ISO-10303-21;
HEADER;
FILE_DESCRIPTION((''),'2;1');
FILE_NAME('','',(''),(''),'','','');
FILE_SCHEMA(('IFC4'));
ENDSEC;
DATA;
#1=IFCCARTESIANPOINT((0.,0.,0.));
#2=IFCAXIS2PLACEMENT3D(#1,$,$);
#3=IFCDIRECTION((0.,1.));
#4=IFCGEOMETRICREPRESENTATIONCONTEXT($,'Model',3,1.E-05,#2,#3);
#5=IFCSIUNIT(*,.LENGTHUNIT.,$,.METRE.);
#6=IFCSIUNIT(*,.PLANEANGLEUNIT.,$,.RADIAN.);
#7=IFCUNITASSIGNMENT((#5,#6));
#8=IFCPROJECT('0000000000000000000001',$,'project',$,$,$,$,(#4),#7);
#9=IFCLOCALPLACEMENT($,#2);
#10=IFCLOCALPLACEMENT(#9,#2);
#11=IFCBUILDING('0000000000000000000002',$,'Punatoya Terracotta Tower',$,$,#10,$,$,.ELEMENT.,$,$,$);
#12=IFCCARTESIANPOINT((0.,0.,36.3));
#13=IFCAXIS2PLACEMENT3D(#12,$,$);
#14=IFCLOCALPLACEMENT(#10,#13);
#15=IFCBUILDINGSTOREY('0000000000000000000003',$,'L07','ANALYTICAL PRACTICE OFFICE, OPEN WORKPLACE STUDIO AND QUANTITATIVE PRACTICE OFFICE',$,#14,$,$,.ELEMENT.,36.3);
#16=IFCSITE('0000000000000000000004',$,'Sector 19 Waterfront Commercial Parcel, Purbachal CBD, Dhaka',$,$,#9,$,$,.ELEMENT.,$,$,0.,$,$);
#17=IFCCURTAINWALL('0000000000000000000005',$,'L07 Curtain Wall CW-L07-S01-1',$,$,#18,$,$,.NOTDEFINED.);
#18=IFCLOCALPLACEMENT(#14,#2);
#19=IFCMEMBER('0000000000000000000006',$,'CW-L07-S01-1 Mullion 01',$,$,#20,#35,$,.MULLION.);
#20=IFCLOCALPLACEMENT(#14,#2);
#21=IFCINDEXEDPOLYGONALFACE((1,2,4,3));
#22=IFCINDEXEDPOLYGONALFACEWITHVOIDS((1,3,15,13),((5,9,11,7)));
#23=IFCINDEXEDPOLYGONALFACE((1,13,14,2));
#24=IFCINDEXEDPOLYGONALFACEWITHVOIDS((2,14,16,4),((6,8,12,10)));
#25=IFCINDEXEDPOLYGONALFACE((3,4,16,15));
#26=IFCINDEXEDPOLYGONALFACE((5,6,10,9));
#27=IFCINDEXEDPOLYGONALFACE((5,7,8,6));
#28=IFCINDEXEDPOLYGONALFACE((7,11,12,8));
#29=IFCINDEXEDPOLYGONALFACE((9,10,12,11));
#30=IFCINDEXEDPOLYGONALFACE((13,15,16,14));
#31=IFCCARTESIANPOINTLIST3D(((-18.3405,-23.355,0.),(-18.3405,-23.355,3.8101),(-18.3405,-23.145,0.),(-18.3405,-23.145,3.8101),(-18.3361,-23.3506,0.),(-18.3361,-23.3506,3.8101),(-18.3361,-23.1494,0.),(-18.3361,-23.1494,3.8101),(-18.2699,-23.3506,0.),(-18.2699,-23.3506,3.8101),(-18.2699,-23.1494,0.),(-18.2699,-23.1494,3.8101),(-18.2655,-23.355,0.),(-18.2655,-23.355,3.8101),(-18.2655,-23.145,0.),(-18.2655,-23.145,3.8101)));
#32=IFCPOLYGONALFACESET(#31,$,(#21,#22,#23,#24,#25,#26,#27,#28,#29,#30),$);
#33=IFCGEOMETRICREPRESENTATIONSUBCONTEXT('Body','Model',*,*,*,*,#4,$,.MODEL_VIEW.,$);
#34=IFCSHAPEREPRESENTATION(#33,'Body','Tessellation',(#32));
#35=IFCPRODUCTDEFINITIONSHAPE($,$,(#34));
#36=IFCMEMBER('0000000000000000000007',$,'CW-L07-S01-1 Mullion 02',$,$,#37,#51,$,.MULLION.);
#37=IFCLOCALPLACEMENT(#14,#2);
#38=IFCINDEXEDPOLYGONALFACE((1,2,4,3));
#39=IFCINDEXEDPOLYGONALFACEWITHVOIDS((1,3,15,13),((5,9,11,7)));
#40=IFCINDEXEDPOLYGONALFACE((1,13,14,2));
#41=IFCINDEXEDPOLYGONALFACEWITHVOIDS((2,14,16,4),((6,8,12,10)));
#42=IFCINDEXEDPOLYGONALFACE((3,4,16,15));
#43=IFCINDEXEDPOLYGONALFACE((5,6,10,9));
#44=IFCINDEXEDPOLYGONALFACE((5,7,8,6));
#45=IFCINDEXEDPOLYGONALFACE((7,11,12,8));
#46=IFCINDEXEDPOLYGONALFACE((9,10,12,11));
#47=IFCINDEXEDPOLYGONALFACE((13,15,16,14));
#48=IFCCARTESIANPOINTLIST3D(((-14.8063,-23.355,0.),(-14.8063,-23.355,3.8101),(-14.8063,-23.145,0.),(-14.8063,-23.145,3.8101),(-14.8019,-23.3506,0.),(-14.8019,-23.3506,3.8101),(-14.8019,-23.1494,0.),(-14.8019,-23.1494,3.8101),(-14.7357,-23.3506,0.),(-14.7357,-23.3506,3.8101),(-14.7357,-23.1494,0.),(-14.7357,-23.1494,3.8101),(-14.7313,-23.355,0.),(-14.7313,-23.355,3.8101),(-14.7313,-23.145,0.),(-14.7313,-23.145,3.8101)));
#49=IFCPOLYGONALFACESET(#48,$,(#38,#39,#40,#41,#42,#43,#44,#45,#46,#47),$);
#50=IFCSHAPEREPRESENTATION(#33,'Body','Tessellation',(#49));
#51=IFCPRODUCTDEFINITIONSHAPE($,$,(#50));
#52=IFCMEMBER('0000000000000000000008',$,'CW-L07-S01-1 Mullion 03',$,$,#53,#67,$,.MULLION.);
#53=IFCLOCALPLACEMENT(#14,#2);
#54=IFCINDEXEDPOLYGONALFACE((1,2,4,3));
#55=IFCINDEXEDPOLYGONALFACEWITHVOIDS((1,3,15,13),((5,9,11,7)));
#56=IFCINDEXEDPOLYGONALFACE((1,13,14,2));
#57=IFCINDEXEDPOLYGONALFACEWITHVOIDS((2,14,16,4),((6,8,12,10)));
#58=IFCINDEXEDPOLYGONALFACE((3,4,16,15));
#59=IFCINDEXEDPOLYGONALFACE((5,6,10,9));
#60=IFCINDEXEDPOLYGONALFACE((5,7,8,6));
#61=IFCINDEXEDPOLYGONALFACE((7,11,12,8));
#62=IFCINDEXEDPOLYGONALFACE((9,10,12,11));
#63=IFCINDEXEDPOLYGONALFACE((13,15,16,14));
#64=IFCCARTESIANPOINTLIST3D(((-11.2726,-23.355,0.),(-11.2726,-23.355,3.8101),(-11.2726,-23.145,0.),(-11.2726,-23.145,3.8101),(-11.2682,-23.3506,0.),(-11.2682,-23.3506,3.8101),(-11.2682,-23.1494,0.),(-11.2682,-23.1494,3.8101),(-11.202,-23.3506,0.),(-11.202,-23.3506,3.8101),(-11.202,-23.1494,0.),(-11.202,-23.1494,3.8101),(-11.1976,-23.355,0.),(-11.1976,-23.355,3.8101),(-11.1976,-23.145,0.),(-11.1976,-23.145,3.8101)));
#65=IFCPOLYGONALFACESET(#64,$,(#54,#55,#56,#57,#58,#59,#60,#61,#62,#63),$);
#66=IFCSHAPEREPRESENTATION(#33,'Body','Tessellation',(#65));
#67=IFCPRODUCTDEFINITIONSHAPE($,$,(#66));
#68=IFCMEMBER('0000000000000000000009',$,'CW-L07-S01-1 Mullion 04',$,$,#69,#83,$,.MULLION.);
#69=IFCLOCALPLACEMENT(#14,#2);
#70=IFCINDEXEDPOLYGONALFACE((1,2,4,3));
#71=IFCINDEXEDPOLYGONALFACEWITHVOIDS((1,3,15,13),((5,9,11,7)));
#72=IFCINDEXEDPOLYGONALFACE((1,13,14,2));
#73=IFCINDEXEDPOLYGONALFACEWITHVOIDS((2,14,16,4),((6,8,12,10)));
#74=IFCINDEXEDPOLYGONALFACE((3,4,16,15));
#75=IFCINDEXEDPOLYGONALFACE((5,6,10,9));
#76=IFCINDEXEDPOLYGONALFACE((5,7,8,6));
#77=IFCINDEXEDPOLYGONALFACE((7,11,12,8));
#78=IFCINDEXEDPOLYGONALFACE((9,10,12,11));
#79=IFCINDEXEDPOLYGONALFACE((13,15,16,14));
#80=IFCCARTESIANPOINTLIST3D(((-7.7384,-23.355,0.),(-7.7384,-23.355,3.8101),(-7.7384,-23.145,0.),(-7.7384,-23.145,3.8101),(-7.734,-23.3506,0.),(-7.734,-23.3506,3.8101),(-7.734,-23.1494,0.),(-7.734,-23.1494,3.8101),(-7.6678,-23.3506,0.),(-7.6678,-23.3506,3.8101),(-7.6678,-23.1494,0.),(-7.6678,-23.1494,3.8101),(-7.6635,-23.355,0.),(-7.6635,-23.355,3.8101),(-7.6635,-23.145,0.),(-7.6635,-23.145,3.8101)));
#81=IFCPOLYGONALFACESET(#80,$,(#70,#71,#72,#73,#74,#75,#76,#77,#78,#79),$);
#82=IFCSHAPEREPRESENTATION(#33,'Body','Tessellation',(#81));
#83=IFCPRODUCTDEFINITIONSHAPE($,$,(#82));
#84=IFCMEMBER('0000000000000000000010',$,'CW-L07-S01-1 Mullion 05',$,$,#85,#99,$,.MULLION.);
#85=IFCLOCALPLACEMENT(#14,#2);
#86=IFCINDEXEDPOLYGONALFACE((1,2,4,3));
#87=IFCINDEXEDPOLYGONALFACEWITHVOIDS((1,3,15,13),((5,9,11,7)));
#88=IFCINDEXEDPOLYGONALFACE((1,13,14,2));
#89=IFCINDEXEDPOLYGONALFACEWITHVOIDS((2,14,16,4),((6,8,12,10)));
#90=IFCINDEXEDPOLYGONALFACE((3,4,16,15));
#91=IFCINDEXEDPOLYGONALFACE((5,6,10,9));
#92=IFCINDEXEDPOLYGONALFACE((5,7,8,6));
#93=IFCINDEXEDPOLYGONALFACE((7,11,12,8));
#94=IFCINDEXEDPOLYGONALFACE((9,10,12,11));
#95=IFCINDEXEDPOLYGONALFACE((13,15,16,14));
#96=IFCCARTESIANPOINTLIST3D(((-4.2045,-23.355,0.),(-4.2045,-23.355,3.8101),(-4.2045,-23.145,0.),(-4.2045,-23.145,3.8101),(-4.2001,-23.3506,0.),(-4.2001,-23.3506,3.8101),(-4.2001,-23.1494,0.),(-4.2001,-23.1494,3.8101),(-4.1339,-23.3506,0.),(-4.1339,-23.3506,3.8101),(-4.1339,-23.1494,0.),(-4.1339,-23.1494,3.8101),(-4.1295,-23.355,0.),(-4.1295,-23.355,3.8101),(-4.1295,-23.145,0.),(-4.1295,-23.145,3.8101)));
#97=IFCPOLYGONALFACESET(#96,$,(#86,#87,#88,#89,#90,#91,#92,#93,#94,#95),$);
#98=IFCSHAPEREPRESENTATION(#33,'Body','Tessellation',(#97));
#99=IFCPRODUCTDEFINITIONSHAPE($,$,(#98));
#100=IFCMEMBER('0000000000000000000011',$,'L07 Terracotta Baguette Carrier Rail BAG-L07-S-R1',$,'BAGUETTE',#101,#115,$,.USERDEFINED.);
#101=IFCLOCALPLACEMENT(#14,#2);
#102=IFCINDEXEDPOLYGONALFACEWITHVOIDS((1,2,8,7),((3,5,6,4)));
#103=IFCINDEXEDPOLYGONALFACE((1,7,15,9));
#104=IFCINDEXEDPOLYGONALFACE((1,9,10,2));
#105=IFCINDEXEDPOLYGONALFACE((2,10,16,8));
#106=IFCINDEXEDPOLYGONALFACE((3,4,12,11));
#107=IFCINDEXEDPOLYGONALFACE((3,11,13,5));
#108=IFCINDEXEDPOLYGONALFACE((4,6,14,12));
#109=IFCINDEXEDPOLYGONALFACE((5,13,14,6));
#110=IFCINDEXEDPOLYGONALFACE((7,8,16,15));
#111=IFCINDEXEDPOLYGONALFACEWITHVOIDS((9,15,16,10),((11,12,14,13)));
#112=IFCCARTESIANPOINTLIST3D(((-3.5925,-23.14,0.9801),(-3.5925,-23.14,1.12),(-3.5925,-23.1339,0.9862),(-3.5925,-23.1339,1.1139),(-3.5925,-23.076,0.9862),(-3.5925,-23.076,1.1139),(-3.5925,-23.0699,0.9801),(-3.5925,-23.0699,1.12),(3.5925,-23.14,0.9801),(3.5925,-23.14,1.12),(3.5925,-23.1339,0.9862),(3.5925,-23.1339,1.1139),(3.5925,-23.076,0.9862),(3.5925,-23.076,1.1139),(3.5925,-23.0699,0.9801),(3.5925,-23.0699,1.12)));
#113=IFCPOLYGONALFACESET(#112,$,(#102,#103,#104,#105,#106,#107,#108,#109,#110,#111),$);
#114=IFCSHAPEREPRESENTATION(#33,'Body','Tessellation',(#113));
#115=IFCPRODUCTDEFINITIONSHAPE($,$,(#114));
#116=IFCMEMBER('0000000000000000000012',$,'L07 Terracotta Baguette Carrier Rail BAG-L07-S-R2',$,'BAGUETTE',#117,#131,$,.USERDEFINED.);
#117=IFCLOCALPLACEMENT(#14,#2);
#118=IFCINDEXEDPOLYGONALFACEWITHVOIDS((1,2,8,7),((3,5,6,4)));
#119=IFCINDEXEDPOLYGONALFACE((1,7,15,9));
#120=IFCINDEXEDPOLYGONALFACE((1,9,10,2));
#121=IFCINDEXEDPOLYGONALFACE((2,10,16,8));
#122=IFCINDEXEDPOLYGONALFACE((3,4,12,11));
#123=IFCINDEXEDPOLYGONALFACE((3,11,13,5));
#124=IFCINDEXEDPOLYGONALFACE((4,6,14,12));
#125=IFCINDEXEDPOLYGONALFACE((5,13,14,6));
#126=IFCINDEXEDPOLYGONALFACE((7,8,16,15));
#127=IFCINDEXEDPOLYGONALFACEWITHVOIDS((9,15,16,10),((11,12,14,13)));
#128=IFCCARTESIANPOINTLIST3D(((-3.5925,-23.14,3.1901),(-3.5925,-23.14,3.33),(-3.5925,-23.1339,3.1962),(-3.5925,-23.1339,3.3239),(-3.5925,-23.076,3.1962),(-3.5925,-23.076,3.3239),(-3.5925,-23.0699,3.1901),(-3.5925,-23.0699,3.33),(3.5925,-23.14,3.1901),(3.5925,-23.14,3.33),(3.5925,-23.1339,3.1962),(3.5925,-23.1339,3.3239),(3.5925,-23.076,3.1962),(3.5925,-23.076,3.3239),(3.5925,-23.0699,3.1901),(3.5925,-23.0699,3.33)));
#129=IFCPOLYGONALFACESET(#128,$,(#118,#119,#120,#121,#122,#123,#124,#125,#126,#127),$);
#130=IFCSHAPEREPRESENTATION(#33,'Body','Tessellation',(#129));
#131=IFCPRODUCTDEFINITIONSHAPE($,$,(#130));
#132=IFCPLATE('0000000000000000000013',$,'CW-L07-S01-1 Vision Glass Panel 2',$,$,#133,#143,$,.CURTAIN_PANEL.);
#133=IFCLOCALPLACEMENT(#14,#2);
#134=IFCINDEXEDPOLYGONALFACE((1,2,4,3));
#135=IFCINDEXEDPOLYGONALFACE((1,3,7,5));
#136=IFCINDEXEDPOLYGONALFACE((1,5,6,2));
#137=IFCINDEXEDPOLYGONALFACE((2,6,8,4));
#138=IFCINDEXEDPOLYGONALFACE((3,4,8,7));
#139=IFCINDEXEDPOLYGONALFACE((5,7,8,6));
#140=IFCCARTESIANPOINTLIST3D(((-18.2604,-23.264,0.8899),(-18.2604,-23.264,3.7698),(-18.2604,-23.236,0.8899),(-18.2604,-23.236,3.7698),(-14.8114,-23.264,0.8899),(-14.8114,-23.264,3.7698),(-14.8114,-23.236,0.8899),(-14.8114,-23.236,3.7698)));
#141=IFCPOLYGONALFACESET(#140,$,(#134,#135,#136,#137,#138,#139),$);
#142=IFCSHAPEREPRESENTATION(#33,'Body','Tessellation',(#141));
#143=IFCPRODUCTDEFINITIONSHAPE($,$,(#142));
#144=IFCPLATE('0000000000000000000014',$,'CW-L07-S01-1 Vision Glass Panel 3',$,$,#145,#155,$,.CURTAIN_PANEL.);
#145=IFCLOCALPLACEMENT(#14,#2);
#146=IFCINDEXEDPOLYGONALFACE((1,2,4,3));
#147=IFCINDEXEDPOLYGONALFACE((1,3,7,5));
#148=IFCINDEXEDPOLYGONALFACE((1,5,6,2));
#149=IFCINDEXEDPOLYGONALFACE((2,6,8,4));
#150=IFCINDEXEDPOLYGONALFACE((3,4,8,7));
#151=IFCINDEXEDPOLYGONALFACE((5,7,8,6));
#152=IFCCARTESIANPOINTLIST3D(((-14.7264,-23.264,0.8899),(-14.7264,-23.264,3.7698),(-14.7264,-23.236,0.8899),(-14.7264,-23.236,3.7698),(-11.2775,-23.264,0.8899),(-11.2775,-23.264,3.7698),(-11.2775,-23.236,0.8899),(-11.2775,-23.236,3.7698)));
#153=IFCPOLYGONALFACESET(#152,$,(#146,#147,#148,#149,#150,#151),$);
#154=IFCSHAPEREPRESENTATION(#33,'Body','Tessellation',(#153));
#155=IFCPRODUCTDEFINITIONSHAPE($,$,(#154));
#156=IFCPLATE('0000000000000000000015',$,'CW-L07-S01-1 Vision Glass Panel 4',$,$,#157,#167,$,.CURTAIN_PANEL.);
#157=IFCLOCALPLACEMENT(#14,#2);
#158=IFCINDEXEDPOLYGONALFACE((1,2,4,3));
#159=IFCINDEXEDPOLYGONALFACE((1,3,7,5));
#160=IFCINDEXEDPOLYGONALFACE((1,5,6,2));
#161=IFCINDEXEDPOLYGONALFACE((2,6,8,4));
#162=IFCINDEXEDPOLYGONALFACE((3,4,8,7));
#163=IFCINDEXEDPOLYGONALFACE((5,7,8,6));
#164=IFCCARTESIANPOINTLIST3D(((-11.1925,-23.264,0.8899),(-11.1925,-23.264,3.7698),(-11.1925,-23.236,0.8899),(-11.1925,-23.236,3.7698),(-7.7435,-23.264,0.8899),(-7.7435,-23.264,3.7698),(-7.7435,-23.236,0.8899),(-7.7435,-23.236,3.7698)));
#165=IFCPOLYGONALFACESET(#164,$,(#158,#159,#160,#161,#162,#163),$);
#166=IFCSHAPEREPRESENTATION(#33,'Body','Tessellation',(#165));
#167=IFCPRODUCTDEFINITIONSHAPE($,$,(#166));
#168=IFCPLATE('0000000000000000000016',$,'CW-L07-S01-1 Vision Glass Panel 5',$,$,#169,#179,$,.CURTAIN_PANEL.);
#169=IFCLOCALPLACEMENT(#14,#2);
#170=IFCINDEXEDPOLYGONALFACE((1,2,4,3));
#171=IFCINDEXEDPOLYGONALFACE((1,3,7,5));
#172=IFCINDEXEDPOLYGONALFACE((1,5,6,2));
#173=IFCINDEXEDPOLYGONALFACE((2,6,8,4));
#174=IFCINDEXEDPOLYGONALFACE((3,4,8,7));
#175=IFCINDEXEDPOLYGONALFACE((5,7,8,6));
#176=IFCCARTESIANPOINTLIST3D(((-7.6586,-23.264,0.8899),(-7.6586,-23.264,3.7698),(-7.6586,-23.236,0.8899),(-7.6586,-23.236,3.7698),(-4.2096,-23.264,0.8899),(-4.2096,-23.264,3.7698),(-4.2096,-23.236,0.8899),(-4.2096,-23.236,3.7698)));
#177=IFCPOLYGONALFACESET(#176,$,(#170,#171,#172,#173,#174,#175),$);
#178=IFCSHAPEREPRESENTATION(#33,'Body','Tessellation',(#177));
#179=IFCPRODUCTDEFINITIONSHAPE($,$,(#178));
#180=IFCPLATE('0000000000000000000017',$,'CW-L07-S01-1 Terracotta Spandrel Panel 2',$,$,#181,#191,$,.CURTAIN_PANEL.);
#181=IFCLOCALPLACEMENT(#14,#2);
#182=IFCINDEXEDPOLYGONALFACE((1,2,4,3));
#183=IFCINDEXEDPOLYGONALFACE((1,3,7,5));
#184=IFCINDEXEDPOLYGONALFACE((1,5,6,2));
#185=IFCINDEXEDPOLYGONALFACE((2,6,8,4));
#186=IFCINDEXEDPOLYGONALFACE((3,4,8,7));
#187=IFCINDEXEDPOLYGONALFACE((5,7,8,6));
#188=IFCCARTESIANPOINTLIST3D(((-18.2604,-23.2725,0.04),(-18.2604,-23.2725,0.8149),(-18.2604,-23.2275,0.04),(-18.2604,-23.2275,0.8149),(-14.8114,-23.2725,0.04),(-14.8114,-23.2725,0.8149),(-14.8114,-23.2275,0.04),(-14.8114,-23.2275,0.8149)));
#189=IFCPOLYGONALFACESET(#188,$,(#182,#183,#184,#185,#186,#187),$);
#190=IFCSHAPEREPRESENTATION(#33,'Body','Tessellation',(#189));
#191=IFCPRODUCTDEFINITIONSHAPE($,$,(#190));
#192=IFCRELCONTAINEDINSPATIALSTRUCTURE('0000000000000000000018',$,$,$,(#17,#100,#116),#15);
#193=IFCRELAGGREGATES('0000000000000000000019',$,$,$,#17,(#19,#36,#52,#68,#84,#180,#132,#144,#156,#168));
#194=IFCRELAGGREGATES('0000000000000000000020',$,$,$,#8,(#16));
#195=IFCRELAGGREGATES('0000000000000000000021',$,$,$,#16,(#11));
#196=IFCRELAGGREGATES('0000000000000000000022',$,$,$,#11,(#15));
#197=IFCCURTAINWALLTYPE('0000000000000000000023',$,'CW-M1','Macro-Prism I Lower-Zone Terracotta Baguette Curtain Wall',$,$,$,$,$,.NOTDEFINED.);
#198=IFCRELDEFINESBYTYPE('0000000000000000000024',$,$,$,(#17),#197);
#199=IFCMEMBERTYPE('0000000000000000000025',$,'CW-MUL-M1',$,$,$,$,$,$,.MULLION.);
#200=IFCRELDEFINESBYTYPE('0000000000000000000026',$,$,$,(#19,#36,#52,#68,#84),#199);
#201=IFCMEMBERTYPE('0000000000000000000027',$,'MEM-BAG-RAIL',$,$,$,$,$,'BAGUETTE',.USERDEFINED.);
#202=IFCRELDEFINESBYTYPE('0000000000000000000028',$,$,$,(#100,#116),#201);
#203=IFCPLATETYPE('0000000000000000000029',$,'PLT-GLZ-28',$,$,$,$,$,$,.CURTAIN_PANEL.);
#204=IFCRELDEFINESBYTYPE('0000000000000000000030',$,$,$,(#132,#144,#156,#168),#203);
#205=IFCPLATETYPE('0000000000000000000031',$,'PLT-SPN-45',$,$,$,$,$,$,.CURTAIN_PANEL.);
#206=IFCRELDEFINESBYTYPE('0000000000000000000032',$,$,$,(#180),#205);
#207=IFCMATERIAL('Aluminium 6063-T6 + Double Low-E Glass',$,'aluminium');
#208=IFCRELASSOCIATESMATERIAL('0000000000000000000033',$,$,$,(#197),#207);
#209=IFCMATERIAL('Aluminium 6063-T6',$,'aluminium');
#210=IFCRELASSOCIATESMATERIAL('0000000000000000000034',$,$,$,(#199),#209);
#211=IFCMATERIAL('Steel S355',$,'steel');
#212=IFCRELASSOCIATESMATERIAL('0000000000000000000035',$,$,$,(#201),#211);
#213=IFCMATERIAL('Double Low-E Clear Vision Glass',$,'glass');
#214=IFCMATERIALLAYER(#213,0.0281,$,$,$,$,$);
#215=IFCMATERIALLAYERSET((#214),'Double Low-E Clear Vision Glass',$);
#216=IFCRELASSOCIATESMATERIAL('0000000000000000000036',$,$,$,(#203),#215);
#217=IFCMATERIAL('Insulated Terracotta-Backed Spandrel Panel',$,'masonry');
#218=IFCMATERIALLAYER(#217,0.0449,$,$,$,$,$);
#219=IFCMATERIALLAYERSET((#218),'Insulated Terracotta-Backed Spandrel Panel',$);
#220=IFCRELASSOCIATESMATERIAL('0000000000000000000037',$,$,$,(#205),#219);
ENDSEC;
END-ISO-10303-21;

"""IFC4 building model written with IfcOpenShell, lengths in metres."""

from ifc_helpers import new_model, si_unit, direction, frame, origin, origin_2d, place, context, subcontext, project, spatial, rectangle, hollow_rectangle, extrude, material, layer, layer_set, material_profile, profile_set, type_object, element, aggregate, save


model = new_model("IFC4")

# Units and contexts
model_context = context("Model", 3, precision=1e-05, world=origin(), true_north=direction((0.0, 1.0)))
body_context = subcontext(model_context, "Body", "Model", "MODEL_VIEW")
ifc_project = project(units=[si_unit("LENGTHUNIT", "METRE"), si_unit("PLANEANGLEUNIT", "RADIAN")], contexts=[model_context])

# Site, building, storey
site_placement = place(None, origin())
site = spatial("IfcSite", under=ifc_project, at=site_placement, Name="Sector 19 Waterfront Commercial Parcel, Purbachal CBD, Dhaka", CompositionType="ELEMENT", RefElevation=0.0)
building_placement = place(site_placement, origin())
building = spatial("IfcBuilding", under=site, at=building_placement, Name="Punatoya Terracotta Tower", CompositionType="ELEMENT")
storey_placement = place(building_placement, frame((0.0, 0.0, 36.3)))
storey = spatial("IfcBuildingStorey", under=building, at=storey_placement, Name="L07", Description="ANALYTICAL PRACTICE OFFICE, OPEN WORKPLACE STUDIO AND QUANTITATIVE PRACTICE OFFICE", CompositionType="ELEMENT", Elevation=36.3)

# Curtain wall, members
ifc_material_1 = material(Name="Aluminium 6063-T6 + Double Low-E Glass", Category="aluminium")
curtain_wall_type = type_object("IfcCurtainWallType", Name="CW-M1", Description="Macro-Prism I Lower-Zone Terracotta Baguette Curtain Wall", PredefinedType="NOTDEFINED", material=ifc_material_1)
curtain_wall_placement = place(storey_placement, origin())
curtain_wall = element("IfcCurtainWall", 1, at=curtain_wall_placement, inside=storey, type_object=curtain_wall_type, Name="L07 Curtain Wall CW-L07-S01-1", PredefinedType="NOTDEFINED")
ifc_material_2 = material(Name="Aluminium 6063-T6", Category="aluminium")
ifc_material_profile_1 = material_profile(ifc_material_2, hollow_rectangle(XDim=0.075, YDim=0.21, WallThickness=0.0044, at=origin_2d()))
ifc_profile_set_1 = profile_set([ifc_material_profile_1], Name="Aluminium 6063-T6")
member_type_1 = type_object("IfcMemberType", Name="CW-MUL-M1", PredefinedType="MULLION", material=ifc_profile_set_1)
member_1_placement = place(storey_placement, frame((-18.303, -23.25, 0.0), z_axis=(0.0, 0.0, 1.0), x_axis=(1.0, 0.0, 0.0)))
member_1 = element("IfcMember", 2, at=member_1_placement, type_object=member_type_1, Name="CW-L07-S01-1 Mullion 01", PredefinedType="MULLION", context=body_context, shape_type="SweptSolid", body=[
    extrude(hollow_rectangle(XDim=0.075, YDim=0.21, WallThickness=0.0044, at=origin_2d()), origin(), (0.0, 0.0, 1.0), 3.8101),
])
member_2_placement = place(storey_placement, frame((-14.7688, -23.25, 0.0), z_axis=(0.0, 0.0, 1.0), x_axis=(1.0, 0.0, 0.0)))
member_2 = element("IfcMember", 3, at=member_2_placement, type_object=member_type_1, Name="CW-L07-S01-1 Mullion 02", PredefinedType="MULLION", context=body_context, shape_type="SweptSolid", body=[
    extrude(hollow_rectangle(XDim=0.075, YDim=0.21, WallThickness=0.0044, at=origin_2d()), origin(), (0.0, 0.0, 1.0), 3.8101),
])
member_3_placement = place(storey_placement, frame((-11.2351, -23.25, 0.0), z_axis=(0.0, 0.0, 1.0), x_axis=(1.0, 0.0, 0.0)))
member_3 = element("IfcMember", 4, at=member_3_placement, type_object=member_type_1, Name="CW-L07-S01-1 Mullion 03", PredefinedType="MULLION", context=body_context, shape_type="SweptSolid", body=[
    extrude(hollow_rectangle(XDim=0.075, YDim=0.21, WallThickness=0.0044, at=origin_2d()), origin(), (0.0, 0.0, 1.0), 3.8101),
])
member_4_placement = place(storey_placement, frame((-7.7009, -23.25, 0.0), z_axis=(0.0, 0.0, 1.0), x_axis=(1.0, 0.0, 0.0)))
member_4 = element("IfcMember", 5, at=member_4_placement, type_object=member_type_1, Name="CW-L07-S01-1 Mullion 04", PredefinedType="MULLION", context=body_context, shape_type="SweptSolid", body=[
    extrude(hollow_rectangle(XDim=0.075, YDim=0.21, WallThickness=0.0044, at=origin_2d()), origin(), (0.0, 0.0, 1.0), 3.8101),
])
member_5_placement = place(storey_placement, frame((-4.167, -23.25, 0.0), z_axis=(0.0, 0.0, 1.0), x_axis=(1.0, 0.0, 0.0)))
member_5 = element("IfcMember", 6, at=member_5_placement, type_object=member_type_1, Name="CW-L07-S01-1 Mullion 05", PredefinedType="MULLION", context=body_context, shape_type="SweptSolid", body=[
    extrude(hollow_rectangle(XDim=0.075, YDim=0.21, WallThickness=0.0044, at=origin_2d()), origin(), (0.0, 0.0, 1.0), 3.8101),
])

# Members
ifc_material_3 = material(Name="Steel S355", Category="steel")
ifc_material_profile_2 = material_profile(ifc_material_3, hollow_rectangle(XDim=0.0701, YDim=0.1399, WallThickness=0.0061, at=origin_2d()))
ifc_profile_set_2 = profile_set([ifc_material_profile_2], Name="Steel S355")
member_type_2 = type_object("IfcMemberType", Name="MEM-BAG-RAIL", ElementType="BAGUETTE", PredefinedType="USERDEFINED", material=ifc_profile_set_2)
for number, where, z_axis, x_axis, name in (
    (7, (-3.5925, -23.105, 1.05), (1.0, 0.0, 0.0), (0.0, 1.0, 0.0), "L07 Terracotta Baguette Carrier Rail BAG-L07-S-R1"),
    (8, (-3.5925, -23.105, 3.26), (1.0, 0.0, 0.0), (0.0, 1.0, 0.0), "L07 Terracotta Baguette Carrier Rail BAG-L07-S-R2"),
):
    element("IfcMember", number, at=place(storey_placement, frame(where, z_axis=z_axis, x_axis=x_axis)), inside=storey, type_object=member_type_2, Name=name, ObjectType="BAGUETTE", PredefinedType="USERDEFINED", context=body_context, shape_type="SweptSolid", body=[
        extrude(hollow_rectangle(XDim=0.0701, YDim=0.1399, WallThickness=0.0061, at=origin_2d()), origin(), (0.0, 0.0, 1.0), 7.1851),
    ])

# Plates
ifc_material_4 = material(Name="Double Low-E Clear Vision Glass", Category="glass")
ifc_layer_1 = layer(ifc_material_4, 0.0281)
ifc_layer_set_1 = layer_set([ifc_layer_1], Name="Double Low-E Clear Vision Glass")
plate_type_1 = type_object("IfcPlateType", Name="PLT-GLZ-28", PredefinedType="CURTAIN_PANEL", material=ifc_layer_set_1)
plate_1_placement = place(storey_placement, frame((-16.5359, -23.25, 0.8899), z_axis=(0.0, 0.0, 1.0), x_axis=(1.0, 0.0, 0.0)))
plate_1 = element("IfcPlate", 9, at=plate_1_placement, type_object=plate_type_1, Name="CW-L07-S01-1 Vision Glass Panel 2", PredefinedType="CURTAIN_PANEL", context=body_context, shape_type="SweptSolid", body=[
    extrude(rectangle(XDim=3.449, YDim=0.0281, at=origin_2d()), origin(), (0.0, 0.0, 1.0), 2.8799),
])
plate_2_placement = place(storey_placement, frame((-13.002, -23.25, 0.8899), z_axis=(0.0, 0.0, 1.0), x_axis=(1.0, 0.0, 0.0)))
plate_2 = element("IfcPlate", 10, at=plate_2_placement, type_object=plate_type_1, Name="CW-L07-S01-1 Vision Glass Panel 3", PredefinedType="CURTAIN_PANEL", context=body_context, shape_type="SweptSolid", body=[
    extrude(rectangle(XDim=3.449, YDim=0.0281, at=origin_2d()), origin(), (0.0, 0.0, 1.0), 2.8799),
])
plate_3_placement = place(storey_placement, frame((-9.468, -23.25, 0.8899), z_axis=(0.0, 0.0, 1.0), x_axis=(1.0, 0.0, 0.0)))
plate_3 = element("IfcPlate", 11, at=plate_3_placement, type_object=plate_type_1, Name="CW-L07-S01-1 Vision Glass Panel 4", PredefinedType="CURTAIN_PANEL", context=body_context, shape_type="SweptSolid", body=[
    extrude(rectangle(XDim=3.449, YDim=0.0281, at=origin_2d()), origin(), (0.0, 0.0, 1.0), 2.8799),
])
plate_4_placement = place(storey_placement, frame((-5.9341, -23.25, 0.8899), z_axis=(0.0, 0.0, 1.0), x_axis=(1.0, 0.0, 0.0)))
plate_4 = element("IfcPlate", 12, at=plate_4_placement, type_object=plate_type_1, Name="CW-L07-S01-1 Vision Glass Panel 5", PredefinedType="CURTAIN_PANEL", context=body_context, shape_type="SweptSolid", body=[
    extrude(rectangle(XDim=3.449, YDim=0.0281, at=origin_2d()), origin(), (0.0, 0.0, 1.0), 2.8799),
])
ifc_material_5 = material(Name="Insulated Terracotta-Backed Spandrel Panel", Category="masonry")
ifc_layer_2 = layer(ifc_material_5, 0.0449)
ifc_layer_set_2 = layer_set([ifc_layer_2], Name="Insulated Terracotta-Backed Spandrel Panel")
plate_type_2 = type_object("IfcPlateType", Name="PLT-SPN-45", PredefinedType="CURTAIN_PANEL", material=ifc_layer_set_2)
plate_5_placement = place(storey_placement, frame((-16.5359, -23.25, 0.04), z_axis=(0.0, 0.0, 1.0), x_axis=(1.0, 0.0, 0.0)))
plate_5 = element("IfcPlate", 13, at=plate_5_placement, type_object=plate_type_2, Name="CW-L07-S01-1 Terracotta Spandrel Panel 2", PredefinedType="CURTAIN_PANEL", context=body_context, shape_type="SweptSolid", body=[
    extrude(rectangle(XDim=3.449, YDim=0.0449, at=origin_2d()), origin(), (0.0, 0.0, 1.0), 0.7749),
])
aggregate(curtain_wall, [member_1, member_2, member_3, member_4, member_5, plate_5, plate_1, plate_2, plate_3, plate_4])

save(model, "model.ifc")
